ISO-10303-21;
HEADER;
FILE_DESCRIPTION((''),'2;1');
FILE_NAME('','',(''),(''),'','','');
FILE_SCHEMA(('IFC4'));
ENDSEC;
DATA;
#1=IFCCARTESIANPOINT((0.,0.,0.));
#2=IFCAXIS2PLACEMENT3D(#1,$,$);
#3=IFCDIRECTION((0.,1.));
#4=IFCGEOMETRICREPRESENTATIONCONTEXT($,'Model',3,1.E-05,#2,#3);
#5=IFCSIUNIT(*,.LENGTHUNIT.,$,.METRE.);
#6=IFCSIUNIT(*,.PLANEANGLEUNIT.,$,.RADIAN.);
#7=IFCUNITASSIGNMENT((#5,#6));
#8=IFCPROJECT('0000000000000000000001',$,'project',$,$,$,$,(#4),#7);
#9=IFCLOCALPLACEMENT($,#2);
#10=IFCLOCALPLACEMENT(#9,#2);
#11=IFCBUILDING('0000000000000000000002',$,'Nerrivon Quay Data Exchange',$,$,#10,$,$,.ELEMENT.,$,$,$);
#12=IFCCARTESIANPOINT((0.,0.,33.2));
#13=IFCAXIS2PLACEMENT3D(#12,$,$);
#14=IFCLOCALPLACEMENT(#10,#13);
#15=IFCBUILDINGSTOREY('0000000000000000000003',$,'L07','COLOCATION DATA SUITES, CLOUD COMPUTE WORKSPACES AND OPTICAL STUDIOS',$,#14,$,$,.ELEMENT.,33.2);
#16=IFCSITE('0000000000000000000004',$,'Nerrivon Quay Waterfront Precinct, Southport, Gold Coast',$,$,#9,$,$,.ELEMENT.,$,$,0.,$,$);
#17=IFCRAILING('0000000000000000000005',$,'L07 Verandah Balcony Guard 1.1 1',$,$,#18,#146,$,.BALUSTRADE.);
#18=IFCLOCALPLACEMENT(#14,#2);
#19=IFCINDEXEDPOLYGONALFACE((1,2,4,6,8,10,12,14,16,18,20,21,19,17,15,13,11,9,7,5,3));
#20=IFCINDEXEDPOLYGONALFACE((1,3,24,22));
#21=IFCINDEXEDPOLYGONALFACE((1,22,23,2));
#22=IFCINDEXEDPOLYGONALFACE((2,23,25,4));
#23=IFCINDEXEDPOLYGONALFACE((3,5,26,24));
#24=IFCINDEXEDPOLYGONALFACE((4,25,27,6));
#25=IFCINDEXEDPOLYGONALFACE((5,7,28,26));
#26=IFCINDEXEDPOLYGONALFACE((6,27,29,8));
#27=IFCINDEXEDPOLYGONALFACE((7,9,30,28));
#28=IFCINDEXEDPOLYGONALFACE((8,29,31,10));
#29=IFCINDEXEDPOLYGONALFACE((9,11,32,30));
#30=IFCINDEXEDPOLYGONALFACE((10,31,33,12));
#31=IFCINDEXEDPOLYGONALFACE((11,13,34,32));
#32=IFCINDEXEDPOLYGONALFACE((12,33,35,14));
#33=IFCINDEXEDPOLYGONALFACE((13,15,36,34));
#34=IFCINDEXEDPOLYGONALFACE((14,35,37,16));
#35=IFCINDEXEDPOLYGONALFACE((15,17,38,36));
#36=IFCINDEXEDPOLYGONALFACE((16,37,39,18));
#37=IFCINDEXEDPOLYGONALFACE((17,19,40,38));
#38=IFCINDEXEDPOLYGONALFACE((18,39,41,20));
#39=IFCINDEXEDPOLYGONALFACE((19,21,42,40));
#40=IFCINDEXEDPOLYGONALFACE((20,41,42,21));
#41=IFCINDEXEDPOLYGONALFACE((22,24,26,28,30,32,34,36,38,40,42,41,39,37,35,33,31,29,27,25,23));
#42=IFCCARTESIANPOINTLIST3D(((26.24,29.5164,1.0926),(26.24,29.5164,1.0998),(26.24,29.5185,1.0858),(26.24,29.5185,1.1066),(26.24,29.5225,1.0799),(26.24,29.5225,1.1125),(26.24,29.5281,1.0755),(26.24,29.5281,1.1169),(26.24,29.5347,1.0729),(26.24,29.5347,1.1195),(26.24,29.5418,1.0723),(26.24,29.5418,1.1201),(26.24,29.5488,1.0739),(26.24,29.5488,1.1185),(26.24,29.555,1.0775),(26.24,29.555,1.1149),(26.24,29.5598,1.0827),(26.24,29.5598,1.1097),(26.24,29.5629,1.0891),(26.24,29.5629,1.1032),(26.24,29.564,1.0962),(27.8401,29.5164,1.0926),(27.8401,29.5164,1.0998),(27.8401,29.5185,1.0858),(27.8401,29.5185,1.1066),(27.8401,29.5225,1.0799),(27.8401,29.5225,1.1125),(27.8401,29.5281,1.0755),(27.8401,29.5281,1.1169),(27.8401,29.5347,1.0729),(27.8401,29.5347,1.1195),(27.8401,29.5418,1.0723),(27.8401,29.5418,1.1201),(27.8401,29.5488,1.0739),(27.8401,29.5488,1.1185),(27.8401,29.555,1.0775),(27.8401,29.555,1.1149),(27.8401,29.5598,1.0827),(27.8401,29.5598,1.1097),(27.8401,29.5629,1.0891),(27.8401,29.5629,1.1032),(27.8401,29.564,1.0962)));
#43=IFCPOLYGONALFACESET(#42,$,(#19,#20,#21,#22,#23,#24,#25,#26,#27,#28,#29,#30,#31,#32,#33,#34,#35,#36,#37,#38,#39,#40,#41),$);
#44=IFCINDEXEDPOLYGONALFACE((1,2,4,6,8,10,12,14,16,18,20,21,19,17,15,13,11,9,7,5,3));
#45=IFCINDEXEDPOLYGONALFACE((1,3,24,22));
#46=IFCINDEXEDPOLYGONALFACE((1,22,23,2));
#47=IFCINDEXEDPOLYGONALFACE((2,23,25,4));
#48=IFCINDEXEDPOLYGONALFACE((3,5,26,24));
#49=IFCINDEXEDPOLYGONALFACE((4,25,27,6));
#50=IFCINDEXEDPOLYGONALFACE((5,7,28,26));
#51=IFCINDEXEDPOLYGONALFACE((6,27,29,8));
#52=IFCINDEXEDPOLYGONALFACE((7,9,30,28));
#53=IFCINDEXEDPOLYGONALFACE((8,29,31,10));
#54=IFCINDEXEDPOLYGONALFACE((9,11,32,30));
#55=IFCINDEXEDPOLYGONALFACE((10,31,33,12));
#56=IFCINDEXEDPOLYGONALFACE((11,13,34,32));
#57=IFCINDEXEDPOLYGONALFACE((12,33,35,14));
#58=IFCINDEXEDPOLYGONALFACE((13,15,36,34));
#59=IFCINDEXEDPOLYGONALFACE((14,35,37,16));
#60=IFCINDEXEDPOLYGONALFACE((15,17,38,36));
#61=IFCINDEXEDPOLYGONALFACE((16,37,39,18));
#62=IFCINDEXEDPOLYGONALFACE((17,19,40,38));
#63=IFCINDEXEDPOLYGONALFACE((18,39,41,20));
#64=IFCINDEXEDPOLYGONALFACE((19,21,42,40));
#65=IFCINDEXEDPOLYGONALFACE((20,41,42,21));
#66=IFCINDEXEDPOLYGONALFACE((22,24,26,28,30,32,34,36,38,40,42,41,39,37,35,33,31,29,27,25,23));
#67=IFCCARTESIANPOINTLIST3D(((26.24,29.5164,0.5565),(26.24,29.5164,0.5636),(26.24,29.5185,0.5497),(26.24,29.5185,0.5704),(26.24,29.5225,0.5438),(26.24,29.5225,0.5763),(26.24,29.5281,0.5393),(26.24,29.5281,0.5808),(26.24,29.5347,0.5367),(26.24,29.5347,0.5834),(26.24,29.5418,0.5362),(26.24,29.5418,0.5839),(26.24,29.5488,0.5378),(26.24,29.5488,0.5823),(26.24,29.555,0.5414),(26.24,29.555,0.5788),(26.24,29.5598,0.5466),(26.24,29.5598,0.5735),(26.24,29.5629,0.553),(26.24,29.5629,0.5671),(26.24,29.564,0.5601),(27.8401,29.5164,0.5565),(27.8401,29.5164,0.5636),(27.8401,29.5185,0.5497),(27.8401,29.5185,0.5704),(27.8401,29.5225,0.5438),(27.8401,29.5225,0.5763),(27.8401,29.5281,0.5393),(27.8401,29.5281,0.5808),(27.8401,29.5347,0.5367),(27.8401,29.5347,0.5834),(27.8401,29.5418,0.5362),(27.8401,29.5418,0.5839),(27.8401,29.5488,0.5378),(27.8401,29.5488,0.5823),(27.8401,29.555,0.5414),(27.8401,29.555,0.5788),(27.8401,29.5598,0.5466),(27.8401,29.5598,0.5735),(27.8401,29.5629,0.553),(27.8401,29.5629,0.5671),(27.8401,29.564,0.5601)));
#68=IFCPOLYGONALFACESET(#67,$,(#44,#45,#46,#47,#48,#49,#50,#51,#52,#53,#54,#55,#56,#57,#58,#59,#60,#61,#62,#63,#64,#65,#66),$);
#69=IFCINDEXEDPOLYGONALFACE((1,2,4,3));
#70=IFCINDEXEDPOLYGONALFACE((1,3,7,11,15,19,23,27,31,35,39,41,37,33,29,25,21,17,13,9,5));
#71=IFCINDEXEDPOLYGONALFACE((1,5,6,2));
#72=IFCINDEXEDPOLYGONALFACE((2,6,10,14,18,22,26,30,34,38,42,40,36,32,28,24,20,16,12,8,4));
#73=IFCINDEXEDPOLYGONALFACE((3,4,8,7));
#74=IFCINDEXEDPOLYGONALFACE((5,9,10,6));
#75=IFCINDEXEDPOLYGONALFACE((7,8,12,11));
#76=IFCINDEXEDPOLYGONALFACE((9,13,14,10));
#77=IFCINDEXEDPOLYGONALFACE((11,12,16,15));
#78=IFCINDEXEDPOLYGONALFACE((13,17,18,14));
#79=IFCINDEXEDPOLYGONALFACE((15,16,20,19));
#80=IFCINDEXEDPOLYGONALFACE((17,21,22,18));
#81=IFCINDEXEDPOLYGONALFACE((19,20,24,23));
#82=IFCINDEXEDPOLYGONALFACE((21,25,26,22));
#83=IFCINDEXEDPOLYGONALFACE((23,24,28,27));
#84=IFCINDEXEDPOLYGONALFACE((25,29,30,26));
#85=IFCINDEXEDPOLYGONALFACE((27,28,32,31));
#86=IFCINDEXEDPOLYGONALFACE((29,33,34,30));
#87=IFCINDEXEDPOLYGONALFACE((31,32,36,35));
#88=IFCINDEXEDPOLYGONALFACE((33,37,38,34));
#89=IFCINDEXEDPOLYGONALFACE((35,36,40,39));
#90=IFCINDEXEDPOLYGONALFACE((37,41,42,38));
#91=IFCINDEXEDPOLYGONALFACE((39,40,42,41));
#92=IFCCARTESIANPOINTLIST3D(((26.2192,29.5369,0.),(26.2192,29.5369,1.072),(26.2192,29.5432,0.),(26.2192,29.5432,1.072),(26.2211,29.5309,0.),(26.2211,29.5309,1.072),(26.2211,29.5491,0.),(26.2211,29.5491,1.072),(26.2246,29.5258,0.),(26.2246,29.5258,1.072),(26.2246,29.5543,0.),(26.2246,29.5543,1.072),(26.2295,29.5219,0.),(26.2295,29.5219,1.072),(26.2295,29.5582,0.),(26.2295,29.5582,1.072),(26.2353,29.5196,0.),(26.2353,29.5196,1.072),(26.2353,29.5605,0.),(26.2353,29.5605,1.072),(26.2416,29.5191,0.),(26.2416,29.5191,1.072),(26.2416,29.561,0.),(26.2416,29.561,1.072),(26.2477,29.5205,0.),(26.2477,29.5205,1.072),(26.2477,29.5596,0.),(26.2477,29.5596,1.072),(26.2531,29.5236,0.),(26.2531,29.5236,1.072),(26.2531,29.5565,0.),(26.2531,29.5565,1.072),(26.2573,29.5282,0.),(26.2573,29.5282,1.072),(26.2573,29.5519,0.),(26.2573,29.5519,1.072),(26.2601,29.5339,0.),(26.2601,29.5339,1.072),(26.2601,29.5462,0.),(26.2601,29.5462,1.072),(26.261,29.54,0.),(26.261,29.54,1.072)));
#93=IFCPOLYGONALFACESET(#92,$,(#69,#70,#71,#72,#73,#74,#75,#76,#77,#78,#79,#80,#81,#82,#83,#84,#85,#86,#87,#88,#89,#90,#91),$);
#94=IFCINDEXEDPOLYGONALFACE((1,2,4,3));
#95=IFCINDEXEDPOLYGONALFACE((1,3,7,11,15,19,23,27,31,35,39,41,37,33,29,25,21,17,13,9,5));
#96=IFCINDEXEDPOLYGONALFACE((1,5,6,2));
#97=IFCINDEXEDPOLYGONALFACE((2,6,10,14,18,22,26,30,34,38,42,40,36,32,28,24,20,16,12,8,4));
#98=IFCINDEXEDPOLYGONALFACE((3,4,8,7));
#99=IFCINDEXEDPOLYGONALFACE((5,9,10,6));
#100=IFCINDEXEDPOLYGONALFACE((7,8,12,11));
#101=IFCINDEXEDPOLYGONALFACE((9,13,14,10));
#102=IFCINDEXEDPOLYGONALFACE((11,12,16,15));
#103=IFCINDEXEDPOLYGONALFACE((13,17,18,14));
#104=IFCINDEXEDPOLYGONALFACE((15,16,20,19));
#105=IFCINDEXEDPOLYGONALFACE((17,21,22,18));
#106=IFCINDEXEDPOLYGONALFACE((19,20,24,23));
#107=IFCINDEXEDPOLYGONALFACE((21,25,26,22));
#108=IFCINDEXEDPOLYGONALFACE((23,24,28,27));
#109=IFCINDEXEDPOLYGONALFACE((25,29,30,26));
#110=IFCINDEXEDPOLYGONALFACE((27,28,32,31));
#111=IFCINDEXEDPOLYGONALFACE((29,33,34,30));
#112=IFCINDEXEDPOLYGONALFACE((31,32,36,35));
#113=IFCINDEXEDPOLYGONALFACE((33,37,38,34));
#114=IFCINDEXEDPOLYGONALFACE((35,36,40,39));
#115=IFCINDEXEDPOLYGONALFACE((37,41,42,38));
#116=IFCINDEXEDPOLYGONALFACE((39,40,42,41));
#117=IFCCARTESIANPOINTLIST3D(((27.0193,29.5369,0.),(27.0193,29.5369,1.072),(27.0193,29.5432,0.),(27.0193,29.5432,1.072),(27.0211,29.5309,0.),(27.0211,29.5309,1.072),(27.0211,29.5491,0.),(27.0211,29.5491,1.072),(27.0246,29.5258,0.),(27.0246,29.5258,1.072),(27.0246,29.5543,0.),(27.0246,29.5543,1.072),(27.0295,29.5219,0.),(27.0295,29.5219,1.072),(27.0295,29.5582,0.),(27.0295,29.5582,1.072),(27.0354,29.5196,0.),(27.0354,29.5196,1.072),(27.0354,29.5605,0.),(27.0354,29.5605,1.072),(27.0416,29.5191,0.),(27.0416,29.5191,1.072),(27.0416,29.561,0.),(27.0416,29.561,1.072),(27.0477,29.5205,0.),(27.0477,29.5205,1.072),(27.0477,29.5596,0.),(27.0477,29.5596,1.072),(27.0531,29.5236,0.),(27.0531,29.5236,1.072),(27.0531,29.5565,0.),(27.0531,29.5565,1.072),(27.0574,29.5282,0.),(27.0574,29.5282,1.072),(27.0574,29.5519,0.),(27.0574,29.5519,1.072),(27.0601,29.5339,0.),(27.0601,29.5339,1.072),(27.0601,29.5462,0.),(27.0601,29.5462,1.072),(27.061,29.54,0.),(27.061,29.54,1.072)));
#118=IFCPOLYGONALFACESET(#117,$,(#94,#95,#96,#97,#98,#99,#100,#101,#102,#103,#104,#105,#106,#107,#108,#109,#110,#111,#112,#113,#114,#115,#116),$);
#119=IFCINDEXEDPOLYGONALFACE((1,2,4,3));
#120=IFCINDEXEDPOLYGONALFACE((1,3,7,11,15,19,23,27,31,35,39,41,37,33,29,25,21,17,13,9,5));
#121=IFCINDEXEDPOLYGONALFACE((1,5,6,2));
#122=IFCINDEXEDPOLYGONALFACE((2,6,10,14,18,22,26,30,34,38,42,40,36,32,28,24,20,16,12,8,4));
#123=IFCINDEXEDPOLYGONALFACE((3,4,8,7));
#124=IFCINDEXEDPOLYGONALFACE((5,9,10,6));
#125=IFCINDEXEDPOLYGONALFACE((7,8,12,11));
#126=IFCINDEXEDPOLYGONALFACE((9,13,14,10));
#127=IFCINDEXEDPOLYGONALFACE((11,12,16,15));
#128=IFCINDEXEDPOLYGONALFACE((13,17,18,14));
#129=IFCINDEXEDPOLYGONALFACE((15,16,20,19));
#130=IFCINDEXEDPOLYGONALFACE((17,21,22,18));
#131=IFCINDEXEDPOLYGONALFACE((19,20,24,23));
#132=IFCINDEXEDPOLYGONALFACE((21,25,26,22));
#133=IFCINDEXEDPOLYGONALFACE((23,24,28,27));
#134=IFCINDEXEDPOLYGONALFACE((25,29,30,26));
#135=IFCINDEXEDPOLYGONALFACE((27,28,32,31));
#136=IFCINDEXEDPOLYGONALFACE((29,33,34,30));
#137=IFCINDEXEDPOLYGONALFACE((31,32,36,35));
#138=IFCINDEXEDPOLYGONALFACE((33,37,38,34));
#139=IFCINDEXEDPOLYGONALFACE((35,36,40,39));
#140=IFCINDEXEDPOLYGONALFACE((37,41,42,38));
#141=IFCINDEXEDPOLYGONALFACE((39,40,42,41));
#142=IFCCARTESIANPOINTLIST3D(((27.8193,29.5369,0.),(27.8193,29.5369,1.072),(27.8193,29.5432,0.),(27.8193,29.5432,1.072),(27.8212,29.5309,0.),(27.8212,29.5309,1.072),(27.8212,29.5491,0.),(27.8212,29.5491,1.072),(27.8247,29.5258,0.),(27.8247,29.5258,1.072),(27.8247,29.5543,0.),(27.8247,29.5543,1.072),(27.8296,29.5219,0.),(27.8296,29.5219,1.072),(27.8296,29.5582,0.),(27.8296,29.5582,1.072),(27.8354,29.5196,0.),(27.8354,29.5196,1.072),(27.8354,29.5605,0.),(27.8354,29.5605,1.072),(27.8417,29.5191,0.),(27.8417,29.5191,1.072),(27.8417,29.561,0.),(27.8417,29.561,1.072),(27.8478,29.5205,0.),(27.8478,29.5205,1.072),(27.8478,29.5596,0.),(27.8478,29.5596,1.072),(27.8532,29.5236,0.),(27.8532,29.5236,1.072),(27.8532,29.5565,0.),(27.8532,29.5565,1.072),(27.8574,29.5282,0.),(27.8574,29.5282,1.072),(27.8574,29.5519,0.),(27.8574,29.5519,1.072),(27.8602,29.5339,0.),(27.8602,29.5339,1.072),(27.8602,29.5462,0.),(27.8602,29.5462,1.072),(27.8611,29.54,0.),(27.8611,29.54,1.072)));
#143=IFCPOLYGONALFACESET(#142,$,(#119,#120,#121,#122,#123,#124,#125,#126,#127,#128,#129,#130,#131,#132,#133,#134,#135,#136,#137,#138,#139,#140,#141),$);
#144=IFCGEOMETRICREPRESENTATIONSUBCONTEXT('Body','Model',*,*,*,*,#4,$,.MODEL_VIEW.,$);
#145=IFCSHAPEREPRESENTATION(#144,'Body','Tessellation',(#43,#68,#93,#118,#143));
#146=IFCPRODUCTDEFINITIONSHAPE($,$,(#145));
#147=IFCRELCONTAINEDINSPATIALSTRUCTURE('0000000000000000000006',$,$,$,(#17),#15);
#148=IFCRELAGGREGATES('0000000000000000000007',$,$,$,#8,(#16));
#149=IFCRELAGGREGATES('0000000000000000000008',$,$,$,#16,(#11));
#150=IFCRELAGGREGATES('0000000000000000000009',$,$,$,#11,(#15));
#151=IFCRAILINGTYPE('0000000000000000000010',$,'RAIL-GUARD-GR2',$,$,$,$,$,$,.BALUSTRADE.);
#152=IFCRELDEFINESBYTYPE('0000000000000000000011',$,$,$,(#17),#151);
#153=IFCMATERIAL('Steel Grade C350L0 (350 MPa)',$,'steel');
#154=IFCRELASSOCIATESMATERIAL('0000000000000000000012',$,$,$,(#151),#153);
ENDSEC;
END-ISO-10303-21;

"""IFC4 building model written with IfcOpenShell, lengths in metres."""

from ifc_helpers import new_model, si_unit, direction, frame, origin, origin_2d, place, context, subcontext, project, spatial, circle, extrude, material, type_object, element, save


model = new_model("IFC4")

# Units and contexts
model_context = context("Model", 3, precision=1e-05, world=origin(), true_north=direction((0.0, 1.0)))
body_context = subcontext(model_context, "Body", "Model", "MODEL_VIEW")
ifc_project = project(units=[si_unit("LENGTHUNIT", "METRE"), si_unit("PLANEANGLEUNIT", "RADIAN")], contexts=[model_context])

# Site, building, storey
site_placement = place(None, origin())
site = spatial("IfcSite", under=ifc_project, at=site_placement, Name="Nerrivon Quay Waterfront Precinct, Southport, Gold Coast", CompositionType="ELEMENT", RefElevation=0.0)
building_placement = place(site_placement, origin())
building = spatial("IfcBuilding", under=site, at=building_placement, Name="Nerrivon Quay Data Exchange", CompositionType="ELEMENT")
storey_placement = place(building_placement, frame((0.0, 0.0, 33.2)))
storey = spatial("IfcBuildingStorey", under=building, at=storey_placement, Name="L07", Description="COLOCATION DATA SUITES, CLOUD COMPUTE WORKSPACES AND OPTICAL STUDIOS", CompositionType="ELEMENT", Elevation=33.2)

# Railing
ifc_material_1 = material(Name="Steel Grade C350L0 (350 MPa)", Category="steel")
railing_type = type_object("IfcRailingType", Name="RAIL-GUARD-GR2", PredefinedType="BALUSTRADE", material=ifc_material_1)
railing_1_placement = place(storey_placement, frame((26.24, 29.54, 0.0)))
element("IfcRailing", 1, at=railing_1_placement, inside=storey, type_object=railing_type, Name="L07 Verandah Balcony Guard 1.1 1", PredefinedType="BALUSTRADE", context=body_context, shape_type="SweptSolid", body=[
    extrude(circle(Radius=0.0239, at=origin_2d()), frame((0.0, 0.0, 1.0962), z_axis=(1.0, 0.0, 0.0), x_axis=(0.0, 1.0, 0.0)), (0.0, 0.0, 1.0), 1.6001),
    extrude(circle(Radius=0.0239, at=origin_2d()), frame((0.0, 0.0, 0.5601), z_axis=(1.0, 0.0, 0.0), x_axis=(0.0, 1.0, 0.0)), (0.0, 0.0, 1.0), 1.6001),
    extrude(circle(Radius=0.021, at=origin_2d()), origin(), (0.0, 0.0, 1.0), 1.072),
    extrude(circle(Radius=0.021, at=origin_2d()), frame((0.8, 0.0, 0.0)), (0.0, 0.0, 1.0), 1.072),
    extrude(circle(Radius=0.021, at=origin_2d()), frame((1.6001, 0.0, 0.0)), (0.0, 0.0, 1.0), 1.072),
])

save(model, "model.ifc")
